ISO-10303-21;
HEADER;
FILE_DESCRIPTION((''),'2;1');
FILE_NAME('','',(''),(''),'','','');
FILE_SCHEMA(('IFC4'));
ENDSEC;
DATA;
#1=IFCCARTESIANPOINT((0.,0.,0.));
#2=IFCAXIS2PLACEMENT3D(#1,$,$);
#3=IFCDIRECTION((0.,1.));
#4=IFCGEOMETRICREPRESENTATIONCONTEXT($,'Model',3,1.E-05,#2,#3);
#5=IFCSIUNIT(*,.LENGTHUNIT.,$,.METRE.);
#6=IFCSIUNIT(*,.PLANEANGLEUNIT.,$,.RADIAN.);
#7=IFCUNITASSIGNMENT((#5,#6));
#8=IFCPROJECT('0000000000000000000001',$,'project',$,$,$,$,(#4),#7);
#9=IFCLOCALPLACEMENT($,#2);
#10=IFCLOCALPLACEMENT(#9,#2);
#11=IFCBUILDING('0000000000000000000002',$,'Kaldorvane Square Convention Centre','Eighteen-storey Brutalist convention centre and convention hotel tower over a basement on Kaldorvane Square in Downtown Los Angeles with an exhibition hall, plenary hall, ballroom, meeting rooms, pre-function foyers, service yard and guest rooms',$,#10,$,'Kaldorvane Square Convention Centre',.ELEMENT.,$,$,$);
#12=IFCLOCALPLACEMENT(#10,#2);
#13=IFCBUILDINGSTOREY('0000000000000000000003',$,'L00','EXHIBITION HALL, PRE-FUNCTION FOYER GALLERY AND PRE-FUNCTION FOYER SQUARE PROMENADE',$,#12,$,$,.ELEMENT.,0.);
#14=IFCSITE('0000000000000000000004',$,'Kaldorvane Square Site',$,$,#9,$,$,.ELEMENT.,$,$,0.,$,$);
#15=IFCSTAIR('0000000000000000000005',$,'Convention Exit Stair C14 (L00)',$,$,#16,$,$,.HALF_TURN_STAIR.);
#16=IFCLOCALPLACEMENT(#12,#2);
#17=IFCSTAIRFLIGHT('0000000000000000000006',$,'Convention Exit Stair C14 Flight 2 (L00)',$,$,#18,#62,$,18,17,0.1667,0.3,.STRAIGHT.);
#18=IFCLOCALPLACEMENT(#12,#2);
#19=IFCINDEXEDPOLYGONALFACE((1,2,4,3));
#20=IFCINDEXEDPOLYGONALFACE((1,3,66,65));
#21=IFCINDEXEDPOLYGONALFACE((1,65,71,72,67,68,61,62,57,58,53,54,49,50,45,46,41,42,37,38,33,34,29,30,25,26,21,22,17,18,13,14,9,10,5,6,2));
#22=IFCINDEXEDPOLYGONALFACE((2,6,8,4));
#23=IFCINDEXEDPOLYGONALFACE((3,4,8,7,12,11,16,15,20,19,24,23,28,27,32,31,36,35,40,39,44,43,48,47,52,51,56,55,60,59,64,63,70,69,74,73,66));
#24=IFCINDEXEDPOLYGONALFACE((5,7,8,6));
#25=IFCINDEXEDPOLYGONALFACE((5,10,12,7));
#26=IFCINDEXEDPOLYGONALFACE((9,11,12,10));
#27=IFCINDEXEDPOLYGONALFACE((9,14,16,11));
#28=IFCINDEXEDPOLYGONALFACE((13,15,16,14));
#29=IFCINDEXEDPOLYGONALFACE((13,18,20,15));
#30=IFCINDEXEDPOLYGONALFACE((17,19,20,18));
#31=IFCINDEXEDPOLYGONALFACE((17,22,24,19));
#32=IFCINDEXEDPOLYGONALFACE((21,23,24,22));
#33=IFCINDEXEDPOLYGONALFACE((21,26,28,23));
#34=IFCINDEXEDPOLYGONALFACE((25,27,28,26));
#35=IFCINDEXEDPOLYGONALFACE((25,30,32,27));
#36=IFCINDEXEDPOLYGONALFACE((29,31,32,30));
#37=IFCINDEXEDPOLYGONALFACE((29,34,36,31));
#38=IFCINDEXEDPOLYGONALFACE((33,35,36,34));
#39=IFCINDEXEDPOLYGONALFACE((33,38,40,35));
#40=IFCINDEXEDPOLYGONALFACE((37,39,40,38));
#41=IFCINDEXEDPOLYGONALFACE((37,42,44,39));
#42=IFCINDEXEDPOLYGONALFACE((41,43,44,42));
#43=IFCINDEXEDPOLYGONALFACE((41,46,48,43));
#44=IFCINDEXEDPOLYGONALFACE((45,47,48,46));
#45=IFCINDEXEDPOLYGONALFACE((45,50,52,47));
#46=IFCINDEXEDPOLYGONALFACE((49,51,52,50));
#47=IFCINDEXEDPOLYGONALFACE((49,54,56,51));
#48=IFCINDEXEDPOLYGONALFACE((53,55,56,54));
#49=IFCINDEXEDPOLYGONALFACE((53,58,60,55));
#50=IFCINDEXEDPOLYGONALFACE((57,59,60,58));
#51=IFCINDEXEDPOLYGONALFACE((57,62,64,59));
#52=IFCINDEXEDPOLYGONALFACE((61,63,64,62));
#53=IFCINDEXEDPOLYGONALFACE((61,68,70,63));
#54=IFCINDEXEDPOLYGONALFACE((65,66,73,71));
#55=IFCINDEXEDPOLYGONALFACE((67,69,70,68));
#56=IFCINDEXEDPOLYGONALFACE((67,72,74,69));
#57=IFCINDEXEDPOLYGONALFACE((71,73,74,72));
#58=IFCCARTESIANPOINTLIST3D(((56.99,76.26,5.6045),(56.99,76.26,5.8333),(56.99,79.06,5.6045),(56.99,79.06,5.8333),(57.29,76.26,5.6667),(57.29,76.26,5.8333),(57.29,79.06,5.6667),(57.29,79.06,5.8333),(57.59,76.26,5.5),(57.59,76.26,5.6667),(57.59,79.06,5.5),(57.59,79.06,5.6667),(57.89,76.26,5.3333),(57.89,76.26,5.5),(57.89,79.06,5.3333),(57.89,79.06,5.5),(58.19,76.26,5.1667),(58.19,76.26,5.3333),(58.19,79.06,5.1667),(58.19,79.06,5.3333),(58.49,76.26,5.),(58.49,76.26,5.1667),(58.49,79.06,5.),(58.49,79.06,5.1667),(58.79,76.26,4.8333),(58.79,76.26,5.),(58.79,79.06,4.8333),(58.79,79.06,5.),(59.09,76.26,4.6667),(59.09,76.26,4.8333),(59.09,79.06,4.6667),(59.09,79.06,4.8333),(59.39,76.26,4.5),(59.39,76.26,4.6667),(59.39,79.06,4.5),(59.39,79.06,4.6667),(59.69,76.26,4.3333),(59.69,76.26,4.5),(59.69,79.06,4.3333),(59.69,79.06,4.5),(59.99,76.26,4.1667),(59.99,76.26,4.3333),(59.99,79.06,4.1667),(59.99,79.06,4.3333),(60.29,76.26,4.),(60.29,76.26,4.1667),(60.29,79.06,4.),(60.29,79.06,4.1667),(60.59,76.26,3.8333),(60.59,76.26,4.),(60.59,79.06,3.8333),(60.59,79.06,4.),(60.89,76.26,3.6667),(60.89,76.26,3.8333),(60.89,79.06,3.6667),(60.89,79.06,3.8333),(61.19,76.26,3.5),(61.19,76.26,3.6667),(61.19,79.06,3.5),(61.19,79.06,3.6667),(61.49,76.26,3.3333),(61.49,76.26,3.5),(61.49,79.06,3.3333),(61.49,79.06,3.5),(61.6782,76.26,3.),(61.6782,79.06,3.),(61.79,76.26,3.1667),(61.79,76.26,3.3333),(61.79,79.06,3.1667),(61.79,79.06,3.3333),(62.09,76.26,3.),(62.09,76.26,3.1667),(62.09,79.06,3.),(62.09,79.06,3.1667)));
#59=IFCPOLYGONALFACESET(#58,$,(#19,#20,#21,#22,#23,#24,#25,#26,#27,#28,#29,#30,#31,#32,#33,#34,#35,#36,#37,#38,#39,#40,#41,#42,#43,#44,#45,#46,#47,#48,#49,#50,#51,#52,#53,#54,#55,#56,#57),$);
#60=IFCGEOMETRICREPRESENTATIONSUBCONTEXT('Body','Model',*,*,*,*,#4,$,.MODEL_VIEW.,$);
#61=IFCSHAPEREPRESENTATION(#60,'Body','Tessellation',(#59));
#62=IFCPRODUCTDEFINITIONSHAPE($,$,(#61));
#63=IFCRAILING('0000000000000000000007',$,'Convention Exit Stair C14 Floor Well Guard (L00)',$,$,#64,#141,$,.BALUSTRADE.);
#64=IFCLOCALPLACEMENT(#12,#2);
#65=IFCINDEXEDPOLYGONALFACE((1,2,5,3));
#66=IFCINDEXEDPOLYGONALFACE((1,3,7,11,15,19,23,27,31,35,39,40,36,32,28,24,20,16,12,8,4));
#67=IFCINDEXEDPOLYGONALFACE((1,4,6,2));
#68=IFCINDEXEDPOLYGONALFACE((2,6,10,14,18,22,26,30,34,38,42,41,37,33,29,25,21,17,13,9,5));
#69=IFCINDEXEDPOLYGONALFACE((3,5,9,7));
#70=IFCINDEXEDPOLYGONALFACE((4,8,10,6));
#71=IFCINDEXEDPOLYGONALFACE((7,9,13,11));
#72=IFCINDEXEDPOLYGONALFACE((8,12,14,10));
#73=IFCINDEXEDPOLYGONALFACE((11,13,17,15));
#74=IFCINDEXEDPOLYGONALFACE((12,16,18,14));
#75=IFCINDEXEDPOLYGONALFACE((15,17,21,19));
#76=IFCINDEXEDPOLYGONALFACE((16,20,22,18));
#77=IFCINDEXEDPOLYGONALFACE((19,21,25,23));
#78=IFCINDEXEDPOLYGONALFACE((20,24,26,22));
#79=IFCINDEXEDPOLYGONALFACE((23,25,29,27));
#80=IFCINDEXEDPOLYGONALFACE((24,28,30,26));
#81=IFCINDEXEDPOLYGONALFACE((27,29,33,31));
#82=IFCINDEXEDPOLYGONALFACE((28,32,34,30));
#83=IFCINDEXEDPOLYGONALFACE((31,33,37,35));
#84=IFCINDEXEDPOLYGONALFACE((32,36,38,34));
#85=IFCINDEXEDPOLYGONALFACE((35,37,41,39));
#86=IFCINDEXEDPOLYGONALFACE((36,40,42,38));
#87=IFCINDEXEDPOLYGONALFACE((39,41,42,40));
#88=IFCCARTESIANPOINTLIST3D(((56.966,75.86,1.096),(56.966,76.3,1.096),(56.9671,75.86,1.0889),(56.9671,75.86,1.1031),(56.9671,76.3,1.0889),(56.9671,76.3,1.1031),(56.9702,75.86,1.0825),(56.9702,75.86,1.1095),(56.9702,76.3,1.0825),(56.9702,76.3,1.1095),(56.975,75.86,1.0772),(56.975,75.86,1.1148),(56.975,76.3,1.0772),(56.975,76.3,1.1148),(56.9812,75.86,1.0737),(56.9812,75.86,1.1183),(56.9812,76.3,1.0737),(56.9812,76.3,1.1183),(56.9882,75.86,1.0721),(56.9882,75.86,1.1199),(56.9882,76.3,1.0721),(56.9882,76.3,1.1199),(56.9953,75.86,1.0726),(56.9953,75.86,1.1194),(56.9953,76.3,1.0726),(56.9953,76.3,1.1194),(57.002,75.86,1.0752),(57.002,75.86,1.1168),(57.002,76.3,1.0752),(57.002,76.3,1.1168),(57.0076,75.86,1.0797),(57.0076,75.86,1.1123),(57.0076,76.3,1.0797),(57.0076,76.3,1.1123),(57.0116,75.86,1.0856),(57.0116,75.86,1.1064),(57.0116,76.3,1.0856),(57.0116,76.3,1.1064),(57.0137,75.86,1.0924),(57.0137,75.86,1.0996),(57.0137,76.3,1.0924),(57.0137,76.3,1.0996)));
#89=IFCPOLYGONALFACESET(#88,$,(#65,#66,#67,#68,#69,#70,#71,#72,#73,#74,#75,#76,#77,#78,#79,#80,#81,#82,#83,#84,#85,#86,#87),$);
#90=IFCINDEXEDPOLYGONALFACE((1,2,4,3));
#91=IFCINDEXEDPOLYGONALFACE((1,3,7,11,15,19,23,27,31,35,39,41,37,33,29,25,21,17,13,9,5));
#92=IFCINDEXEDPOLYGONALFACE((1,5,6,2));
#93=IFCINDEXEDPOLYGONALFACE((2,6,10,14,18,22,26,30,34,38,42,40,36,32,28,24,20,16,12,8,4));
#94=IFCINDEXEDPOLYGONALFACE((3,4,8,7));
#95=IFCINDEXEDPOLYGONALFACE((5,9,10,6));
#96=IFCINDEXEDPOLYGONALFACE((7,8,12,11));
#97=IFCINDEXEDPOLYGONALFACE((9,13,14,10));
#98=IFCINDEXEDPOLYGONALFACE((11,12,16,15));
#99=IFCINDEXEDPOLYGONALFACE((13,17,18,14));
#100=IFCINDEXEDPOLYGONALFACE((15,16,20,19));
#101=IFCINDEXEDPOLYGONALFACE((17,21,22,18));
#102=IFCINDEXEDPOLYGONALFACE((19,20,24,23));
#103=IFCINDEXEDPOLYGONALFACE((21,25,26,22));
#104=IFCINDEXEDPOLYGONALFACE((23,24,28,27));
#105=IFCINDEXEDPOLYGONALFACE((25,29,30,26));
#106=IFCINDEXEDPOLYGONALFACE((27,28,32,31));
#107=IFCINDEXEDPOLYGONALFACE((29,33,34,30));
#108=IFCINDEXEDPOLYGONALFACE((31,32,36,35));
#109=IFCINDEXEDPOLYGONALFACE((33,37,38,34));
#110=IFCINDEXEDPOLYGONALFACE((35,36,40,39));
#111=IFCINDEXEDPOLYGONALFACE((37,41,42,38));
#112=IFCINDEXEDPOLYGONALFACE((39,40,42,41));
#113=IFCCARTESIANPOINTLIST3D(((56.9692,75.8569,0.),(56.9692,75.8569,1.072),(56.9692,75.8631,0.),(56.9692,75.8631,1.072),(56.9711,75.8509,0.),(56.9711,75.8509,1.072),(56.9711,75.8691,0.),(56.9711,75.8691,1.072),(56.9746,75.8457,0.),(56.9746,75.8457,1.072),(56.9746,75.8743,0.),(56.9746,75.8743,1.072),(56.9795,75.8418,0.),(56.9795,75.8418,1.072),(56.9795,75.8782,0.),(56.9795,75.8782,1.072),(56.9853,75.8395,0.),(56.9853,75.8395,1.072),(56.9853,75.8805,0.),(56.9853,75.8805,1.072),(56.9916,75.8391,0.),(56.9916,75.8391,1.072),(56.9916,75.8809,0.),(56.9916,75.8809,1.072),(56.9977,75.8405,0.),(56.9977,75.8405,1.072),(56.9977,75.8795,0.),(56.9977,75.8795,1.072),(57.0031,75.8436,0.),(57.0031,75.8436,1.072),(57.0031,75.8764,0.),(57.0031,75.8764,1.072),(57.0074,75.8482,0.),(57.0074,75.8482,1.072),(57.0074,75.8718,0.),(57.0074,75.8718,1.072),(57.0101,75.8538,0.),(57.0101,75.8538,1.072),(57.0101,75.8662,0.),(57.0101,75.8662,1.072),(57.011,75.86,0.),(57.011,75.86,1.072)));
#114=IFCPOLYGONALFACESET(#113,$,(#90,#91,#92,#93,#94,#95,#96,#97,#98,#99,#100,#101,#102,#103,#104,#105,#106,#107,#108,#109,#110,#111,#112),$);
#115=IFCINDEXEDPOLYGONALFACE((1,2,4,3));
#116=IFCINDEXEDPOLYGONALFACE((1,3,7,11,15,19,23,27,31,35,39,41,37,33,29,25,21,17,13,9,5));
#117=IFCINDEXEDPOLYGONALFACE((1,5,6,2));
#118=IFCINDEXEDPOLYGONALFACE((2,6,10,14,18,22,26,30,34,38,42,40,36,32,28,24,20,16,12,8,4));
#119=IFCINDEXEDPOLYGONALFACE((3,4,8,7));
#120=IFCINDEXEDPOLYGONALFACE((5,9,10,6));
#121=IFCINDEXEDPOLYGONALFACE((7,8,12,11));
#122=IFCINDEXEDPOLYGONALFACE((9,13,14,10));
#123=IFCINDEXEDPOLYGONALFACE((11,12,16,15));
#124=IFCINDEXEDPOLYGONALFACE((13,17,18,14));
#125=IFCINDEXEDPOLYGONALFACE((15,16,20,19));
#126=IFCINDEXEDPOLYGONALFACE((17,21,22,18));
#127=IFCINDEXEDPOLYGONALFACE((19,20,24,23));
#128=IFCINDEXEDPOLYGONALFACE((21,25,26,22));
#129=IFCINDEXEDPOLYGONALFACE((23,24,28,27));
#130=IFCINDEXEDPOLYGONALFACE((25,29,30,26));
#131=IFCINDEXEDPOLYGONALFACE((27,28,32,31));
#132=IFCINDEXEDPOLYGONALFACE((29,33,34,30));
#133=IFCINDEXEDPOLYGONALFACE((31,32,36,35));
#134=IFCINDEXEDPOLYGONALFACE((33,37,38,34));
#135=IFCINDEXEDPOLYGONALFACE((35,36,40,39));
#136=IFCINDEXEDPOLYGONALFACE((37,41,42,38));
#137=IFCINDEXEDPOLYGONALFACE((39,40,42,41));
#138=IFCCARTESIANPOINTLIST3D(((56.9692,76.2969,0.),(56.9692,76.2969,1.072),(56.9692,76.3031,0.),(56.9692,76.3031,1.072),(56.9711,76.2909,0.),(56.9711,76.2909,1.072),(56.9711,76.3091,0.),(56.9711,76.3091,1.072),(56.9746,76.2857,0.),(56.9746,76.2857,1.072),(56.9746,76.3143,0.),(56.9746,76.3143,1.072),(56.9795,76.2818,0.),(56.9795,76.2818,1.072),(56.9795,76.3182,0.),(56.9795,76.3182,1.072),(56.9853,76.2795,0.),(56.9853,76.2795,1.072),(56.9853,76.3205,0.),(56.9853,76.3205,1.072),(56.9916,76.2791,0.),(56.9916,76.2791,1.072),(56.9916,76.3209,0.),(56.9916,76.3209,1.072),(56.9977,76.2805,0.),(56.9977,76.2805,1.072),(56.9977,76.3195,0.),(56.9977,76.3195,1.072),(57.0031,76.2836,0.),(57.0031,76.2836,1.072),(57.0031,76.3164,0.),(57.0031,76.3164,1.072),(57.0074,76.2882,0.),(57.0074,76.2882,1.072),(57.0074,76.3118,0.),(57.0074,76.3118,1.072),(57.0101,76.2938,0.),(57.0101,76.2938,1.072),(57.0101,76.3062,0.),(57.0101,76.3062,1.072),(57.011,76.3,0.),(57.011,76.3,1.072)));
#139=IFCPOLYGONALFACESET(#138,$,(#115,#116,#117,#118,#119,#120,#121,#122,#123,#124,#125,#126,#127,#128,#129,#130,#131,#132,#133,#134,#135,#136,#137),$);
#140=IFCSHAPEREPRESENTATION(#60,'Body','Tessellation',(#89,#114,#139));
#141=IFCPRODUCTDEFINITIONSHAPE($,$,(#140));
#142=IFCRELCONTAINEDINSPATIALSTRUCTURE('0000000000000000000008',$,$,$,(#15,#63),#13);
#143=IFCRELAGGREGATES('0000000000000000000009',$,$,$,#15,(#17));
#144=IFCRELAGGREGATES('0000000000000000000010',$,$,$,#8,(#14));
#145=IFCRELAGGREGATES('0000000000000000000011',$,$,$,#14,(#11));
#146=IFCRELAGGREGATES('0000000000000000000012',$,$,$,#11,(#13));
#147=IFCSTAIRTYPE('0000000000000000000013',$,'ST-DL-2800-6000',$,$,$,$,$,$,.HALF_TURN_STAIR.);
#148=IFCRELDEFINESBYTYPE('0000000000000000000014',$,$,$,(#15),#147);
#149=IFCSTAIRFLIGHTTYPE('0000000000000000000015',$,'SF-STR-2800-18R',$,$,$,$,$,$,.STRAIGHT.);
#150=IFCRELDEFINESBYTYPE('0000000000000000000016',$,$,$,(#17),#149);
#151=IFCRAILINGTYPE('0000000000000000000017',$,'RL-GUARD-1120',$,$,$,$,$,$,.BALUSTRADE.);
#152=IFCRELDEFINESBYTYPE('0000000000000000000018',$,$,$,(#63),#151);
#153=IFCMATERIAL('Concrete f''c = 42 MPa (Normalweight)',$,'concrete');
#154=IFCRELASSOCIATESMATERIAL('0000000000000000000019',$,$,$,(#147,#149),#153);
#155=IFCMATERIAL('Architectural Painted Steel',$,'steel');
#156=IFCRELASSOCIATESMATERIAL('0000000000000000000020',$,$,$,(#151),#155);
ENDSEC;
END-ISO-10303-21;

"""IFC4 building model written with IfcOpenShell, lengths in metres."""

from ifc_helpers import new_model, si_unit, direction, frame, origin, origin_2d, place, context, subcontext, project, spatial, polyline, circle, outline, extrude, material, type_object, element, aggregate, save


model = new_model("IFC4")

# Units and contexts
model_context = context("Model", 3, precision=1e-05, world=origin(), true_north=direction((0.0, 1.0)))
body_context = subcontext(model_context, "Body", "Model", "MODEL_VIEW")
ifc_project = project(units=[si_unit("LENGTHUNIT", "METRE"), si_unit("PLANEANGLEUNIT", "RADIAN")], contexts=[model_context])

# Site, building, storey
site_placement = place(None, origin())
site = spatial("IfcSite", under=ifc_project, at=site_placement, Name="Kaldorvane Square Site", CompositionType="ELEMENT", RefElevation=0.0)
building_placement = place(site_placement, origin())
building = spatial("IfcBuilding", under=site, at=building_placement, Name="Kaldorvane Square Convention Centre", Description="Eighteen-storey Brutalist convention centre and convention hotel tower over a basement on Kaldorvane Square in Downtown Los Angeles with an exhibition hall, plenary hall, ballroom, meeting rooms, pre-function foyers, service yard and guest rooms", LongName="Kaldorvane Square Convention Centre", CompositionType="ELEMENT")
storey_placement = place(building_placement, origin())
storey = spatial("IfcBuildingStorey", under=building, at=storey_placement, Name="L00", Description="EXHIBITION HALL, PRE-FUNCTION FOYER GALLERY AND PRE-FUNCTION FOYER SQUARE PROMENADE", CompositionType="ELEMENT", Elevation=0.0)

# Stair, stair flight
ifc_material_1 = material(Name="Concrete f'c = 42 MPa (Normalweight)", Category="concrete")
stair_type = type_object("IfcStairType", Name="ST-DL-2800-6000", PredefinedType="HALF_TURN_STAIR", material=ifc_material_1)
stair_placement = place(storey_placement, origin())
stair = element("IfcStair", 1, at=stair_placement, inside=storey, type_object=stair_type, Name="Convention Exit Stair C14 (L00)", PredefinedType="HALF_TURN_STAIR")
stair_flight_type = type_object("IfcStairFlightType", Name="SF-STR-2800-18R", PredefinedType="STRAIGHT", material=ifc_material_1)
stair_flight_1_placement = place(storey_placement, frame((62.09, 77.66, 3.0), z_axis=(0.0, 0.0, 1.0), x_axis=(-1.0, 0.0, 0.0)))
stair_flight_1 = element("IfcStairFlight", 2, at=stair_flight_1_placement, type_object=stair_flight_type, Name="Convention Exit Stair C14 Flight 2 (L00)", NumberOfRisers=18, NumberOfTreads=17, PredefinedType="STRAIGHT", RiserHeight=0.1667, TreadLength=0.3, context=body_context, shape_type="SweptSolid", body=[
    extrude(outline(polyline([(0.0, 0.0), (0.0, 0.1667), (0.3, 0.1667), (0.3, 0.3333), (0.6, 0.3333), (0.6, 0.5), (0.9, 0.5), (0.9, 0.6667), (1.2, 0.6667), (1.2, 0.8333), (1.5, 0.8333), (1.5, 1.0), (1.8, 1.0), (1.8, 1.1667), (2.1, 1.1667), (2.1, 1.3333), (2.4, 1.3333), (2.4, 1.5), (2.7, 1.5), (2.7, 1.6667), (3.0, 1.6667), (3.0, 1.8333), (3.3, 1.8333), (3.3, 2.0), (3.6, 2.0), (3.6, 2.1667), (3.9, 2.1667), (3.9, 2.3333), (4.2, 2.3333), (4.2, 2.5), (4.5, 2.5), (4.5, 2.6667), (4.8, 2.6667), (4.8, 2.8333), (5.1, 2.8333), (5.1, 3.0), (5.1, 2.6045), (0.4118, 0.0), (0.0, 0.0)])), frame((0.0, 1.4, 0.0), z_axis=(0.0, -1.0, 0.0), x_axis=(1.0, 0.0, 0.0)), (0.0, 0.0, 1.0), 2.8),
])
aggregate(stair, [stair_flight_1])

# Railing
ifc_material_2 = material(Name="Architectural Painted Steel", Category="steel")
railing_type_1 = type_object("IfcRailingType", Name="RL-GUARD-1120", PredefinedType="BALUSTRADE", material=ifc_material_2)
for number, where, name in (
    (3, (56.99, 75.86, 0.0), "Convention Exit Stair C14 Floor Well Guard (L00)"),
):
    element("IfcRailing", number, at=place(storey_placement, frame(where)), inside=storey, type_object=railing_type_1, Name=name, PredefinedType="BALUSTRADE", context=body_context, shape_type="SweptSolid", body=[
        extrude(circle(Radius=0.024, at=origin_2d()), frame((0.0, 0.0, 1.096), z_axis=(0.0, 1.0, 0.0), x_axis=(-1.0, 0.0, 0.0)), (0.0, 0.0, 1.0), 0.44),
        extrude(circle(Radius=0.021, at=origin_2d()), origin(), (0.0, 0.0, 1.0), 1.072),
        extrude(circle(Radius=0.021, at=origin_2d()), frame((0.0, 0.44, 0.0)), (0.0, 0.0, 1.0), 1.072),
    ])

save(model, "model.ifc")
